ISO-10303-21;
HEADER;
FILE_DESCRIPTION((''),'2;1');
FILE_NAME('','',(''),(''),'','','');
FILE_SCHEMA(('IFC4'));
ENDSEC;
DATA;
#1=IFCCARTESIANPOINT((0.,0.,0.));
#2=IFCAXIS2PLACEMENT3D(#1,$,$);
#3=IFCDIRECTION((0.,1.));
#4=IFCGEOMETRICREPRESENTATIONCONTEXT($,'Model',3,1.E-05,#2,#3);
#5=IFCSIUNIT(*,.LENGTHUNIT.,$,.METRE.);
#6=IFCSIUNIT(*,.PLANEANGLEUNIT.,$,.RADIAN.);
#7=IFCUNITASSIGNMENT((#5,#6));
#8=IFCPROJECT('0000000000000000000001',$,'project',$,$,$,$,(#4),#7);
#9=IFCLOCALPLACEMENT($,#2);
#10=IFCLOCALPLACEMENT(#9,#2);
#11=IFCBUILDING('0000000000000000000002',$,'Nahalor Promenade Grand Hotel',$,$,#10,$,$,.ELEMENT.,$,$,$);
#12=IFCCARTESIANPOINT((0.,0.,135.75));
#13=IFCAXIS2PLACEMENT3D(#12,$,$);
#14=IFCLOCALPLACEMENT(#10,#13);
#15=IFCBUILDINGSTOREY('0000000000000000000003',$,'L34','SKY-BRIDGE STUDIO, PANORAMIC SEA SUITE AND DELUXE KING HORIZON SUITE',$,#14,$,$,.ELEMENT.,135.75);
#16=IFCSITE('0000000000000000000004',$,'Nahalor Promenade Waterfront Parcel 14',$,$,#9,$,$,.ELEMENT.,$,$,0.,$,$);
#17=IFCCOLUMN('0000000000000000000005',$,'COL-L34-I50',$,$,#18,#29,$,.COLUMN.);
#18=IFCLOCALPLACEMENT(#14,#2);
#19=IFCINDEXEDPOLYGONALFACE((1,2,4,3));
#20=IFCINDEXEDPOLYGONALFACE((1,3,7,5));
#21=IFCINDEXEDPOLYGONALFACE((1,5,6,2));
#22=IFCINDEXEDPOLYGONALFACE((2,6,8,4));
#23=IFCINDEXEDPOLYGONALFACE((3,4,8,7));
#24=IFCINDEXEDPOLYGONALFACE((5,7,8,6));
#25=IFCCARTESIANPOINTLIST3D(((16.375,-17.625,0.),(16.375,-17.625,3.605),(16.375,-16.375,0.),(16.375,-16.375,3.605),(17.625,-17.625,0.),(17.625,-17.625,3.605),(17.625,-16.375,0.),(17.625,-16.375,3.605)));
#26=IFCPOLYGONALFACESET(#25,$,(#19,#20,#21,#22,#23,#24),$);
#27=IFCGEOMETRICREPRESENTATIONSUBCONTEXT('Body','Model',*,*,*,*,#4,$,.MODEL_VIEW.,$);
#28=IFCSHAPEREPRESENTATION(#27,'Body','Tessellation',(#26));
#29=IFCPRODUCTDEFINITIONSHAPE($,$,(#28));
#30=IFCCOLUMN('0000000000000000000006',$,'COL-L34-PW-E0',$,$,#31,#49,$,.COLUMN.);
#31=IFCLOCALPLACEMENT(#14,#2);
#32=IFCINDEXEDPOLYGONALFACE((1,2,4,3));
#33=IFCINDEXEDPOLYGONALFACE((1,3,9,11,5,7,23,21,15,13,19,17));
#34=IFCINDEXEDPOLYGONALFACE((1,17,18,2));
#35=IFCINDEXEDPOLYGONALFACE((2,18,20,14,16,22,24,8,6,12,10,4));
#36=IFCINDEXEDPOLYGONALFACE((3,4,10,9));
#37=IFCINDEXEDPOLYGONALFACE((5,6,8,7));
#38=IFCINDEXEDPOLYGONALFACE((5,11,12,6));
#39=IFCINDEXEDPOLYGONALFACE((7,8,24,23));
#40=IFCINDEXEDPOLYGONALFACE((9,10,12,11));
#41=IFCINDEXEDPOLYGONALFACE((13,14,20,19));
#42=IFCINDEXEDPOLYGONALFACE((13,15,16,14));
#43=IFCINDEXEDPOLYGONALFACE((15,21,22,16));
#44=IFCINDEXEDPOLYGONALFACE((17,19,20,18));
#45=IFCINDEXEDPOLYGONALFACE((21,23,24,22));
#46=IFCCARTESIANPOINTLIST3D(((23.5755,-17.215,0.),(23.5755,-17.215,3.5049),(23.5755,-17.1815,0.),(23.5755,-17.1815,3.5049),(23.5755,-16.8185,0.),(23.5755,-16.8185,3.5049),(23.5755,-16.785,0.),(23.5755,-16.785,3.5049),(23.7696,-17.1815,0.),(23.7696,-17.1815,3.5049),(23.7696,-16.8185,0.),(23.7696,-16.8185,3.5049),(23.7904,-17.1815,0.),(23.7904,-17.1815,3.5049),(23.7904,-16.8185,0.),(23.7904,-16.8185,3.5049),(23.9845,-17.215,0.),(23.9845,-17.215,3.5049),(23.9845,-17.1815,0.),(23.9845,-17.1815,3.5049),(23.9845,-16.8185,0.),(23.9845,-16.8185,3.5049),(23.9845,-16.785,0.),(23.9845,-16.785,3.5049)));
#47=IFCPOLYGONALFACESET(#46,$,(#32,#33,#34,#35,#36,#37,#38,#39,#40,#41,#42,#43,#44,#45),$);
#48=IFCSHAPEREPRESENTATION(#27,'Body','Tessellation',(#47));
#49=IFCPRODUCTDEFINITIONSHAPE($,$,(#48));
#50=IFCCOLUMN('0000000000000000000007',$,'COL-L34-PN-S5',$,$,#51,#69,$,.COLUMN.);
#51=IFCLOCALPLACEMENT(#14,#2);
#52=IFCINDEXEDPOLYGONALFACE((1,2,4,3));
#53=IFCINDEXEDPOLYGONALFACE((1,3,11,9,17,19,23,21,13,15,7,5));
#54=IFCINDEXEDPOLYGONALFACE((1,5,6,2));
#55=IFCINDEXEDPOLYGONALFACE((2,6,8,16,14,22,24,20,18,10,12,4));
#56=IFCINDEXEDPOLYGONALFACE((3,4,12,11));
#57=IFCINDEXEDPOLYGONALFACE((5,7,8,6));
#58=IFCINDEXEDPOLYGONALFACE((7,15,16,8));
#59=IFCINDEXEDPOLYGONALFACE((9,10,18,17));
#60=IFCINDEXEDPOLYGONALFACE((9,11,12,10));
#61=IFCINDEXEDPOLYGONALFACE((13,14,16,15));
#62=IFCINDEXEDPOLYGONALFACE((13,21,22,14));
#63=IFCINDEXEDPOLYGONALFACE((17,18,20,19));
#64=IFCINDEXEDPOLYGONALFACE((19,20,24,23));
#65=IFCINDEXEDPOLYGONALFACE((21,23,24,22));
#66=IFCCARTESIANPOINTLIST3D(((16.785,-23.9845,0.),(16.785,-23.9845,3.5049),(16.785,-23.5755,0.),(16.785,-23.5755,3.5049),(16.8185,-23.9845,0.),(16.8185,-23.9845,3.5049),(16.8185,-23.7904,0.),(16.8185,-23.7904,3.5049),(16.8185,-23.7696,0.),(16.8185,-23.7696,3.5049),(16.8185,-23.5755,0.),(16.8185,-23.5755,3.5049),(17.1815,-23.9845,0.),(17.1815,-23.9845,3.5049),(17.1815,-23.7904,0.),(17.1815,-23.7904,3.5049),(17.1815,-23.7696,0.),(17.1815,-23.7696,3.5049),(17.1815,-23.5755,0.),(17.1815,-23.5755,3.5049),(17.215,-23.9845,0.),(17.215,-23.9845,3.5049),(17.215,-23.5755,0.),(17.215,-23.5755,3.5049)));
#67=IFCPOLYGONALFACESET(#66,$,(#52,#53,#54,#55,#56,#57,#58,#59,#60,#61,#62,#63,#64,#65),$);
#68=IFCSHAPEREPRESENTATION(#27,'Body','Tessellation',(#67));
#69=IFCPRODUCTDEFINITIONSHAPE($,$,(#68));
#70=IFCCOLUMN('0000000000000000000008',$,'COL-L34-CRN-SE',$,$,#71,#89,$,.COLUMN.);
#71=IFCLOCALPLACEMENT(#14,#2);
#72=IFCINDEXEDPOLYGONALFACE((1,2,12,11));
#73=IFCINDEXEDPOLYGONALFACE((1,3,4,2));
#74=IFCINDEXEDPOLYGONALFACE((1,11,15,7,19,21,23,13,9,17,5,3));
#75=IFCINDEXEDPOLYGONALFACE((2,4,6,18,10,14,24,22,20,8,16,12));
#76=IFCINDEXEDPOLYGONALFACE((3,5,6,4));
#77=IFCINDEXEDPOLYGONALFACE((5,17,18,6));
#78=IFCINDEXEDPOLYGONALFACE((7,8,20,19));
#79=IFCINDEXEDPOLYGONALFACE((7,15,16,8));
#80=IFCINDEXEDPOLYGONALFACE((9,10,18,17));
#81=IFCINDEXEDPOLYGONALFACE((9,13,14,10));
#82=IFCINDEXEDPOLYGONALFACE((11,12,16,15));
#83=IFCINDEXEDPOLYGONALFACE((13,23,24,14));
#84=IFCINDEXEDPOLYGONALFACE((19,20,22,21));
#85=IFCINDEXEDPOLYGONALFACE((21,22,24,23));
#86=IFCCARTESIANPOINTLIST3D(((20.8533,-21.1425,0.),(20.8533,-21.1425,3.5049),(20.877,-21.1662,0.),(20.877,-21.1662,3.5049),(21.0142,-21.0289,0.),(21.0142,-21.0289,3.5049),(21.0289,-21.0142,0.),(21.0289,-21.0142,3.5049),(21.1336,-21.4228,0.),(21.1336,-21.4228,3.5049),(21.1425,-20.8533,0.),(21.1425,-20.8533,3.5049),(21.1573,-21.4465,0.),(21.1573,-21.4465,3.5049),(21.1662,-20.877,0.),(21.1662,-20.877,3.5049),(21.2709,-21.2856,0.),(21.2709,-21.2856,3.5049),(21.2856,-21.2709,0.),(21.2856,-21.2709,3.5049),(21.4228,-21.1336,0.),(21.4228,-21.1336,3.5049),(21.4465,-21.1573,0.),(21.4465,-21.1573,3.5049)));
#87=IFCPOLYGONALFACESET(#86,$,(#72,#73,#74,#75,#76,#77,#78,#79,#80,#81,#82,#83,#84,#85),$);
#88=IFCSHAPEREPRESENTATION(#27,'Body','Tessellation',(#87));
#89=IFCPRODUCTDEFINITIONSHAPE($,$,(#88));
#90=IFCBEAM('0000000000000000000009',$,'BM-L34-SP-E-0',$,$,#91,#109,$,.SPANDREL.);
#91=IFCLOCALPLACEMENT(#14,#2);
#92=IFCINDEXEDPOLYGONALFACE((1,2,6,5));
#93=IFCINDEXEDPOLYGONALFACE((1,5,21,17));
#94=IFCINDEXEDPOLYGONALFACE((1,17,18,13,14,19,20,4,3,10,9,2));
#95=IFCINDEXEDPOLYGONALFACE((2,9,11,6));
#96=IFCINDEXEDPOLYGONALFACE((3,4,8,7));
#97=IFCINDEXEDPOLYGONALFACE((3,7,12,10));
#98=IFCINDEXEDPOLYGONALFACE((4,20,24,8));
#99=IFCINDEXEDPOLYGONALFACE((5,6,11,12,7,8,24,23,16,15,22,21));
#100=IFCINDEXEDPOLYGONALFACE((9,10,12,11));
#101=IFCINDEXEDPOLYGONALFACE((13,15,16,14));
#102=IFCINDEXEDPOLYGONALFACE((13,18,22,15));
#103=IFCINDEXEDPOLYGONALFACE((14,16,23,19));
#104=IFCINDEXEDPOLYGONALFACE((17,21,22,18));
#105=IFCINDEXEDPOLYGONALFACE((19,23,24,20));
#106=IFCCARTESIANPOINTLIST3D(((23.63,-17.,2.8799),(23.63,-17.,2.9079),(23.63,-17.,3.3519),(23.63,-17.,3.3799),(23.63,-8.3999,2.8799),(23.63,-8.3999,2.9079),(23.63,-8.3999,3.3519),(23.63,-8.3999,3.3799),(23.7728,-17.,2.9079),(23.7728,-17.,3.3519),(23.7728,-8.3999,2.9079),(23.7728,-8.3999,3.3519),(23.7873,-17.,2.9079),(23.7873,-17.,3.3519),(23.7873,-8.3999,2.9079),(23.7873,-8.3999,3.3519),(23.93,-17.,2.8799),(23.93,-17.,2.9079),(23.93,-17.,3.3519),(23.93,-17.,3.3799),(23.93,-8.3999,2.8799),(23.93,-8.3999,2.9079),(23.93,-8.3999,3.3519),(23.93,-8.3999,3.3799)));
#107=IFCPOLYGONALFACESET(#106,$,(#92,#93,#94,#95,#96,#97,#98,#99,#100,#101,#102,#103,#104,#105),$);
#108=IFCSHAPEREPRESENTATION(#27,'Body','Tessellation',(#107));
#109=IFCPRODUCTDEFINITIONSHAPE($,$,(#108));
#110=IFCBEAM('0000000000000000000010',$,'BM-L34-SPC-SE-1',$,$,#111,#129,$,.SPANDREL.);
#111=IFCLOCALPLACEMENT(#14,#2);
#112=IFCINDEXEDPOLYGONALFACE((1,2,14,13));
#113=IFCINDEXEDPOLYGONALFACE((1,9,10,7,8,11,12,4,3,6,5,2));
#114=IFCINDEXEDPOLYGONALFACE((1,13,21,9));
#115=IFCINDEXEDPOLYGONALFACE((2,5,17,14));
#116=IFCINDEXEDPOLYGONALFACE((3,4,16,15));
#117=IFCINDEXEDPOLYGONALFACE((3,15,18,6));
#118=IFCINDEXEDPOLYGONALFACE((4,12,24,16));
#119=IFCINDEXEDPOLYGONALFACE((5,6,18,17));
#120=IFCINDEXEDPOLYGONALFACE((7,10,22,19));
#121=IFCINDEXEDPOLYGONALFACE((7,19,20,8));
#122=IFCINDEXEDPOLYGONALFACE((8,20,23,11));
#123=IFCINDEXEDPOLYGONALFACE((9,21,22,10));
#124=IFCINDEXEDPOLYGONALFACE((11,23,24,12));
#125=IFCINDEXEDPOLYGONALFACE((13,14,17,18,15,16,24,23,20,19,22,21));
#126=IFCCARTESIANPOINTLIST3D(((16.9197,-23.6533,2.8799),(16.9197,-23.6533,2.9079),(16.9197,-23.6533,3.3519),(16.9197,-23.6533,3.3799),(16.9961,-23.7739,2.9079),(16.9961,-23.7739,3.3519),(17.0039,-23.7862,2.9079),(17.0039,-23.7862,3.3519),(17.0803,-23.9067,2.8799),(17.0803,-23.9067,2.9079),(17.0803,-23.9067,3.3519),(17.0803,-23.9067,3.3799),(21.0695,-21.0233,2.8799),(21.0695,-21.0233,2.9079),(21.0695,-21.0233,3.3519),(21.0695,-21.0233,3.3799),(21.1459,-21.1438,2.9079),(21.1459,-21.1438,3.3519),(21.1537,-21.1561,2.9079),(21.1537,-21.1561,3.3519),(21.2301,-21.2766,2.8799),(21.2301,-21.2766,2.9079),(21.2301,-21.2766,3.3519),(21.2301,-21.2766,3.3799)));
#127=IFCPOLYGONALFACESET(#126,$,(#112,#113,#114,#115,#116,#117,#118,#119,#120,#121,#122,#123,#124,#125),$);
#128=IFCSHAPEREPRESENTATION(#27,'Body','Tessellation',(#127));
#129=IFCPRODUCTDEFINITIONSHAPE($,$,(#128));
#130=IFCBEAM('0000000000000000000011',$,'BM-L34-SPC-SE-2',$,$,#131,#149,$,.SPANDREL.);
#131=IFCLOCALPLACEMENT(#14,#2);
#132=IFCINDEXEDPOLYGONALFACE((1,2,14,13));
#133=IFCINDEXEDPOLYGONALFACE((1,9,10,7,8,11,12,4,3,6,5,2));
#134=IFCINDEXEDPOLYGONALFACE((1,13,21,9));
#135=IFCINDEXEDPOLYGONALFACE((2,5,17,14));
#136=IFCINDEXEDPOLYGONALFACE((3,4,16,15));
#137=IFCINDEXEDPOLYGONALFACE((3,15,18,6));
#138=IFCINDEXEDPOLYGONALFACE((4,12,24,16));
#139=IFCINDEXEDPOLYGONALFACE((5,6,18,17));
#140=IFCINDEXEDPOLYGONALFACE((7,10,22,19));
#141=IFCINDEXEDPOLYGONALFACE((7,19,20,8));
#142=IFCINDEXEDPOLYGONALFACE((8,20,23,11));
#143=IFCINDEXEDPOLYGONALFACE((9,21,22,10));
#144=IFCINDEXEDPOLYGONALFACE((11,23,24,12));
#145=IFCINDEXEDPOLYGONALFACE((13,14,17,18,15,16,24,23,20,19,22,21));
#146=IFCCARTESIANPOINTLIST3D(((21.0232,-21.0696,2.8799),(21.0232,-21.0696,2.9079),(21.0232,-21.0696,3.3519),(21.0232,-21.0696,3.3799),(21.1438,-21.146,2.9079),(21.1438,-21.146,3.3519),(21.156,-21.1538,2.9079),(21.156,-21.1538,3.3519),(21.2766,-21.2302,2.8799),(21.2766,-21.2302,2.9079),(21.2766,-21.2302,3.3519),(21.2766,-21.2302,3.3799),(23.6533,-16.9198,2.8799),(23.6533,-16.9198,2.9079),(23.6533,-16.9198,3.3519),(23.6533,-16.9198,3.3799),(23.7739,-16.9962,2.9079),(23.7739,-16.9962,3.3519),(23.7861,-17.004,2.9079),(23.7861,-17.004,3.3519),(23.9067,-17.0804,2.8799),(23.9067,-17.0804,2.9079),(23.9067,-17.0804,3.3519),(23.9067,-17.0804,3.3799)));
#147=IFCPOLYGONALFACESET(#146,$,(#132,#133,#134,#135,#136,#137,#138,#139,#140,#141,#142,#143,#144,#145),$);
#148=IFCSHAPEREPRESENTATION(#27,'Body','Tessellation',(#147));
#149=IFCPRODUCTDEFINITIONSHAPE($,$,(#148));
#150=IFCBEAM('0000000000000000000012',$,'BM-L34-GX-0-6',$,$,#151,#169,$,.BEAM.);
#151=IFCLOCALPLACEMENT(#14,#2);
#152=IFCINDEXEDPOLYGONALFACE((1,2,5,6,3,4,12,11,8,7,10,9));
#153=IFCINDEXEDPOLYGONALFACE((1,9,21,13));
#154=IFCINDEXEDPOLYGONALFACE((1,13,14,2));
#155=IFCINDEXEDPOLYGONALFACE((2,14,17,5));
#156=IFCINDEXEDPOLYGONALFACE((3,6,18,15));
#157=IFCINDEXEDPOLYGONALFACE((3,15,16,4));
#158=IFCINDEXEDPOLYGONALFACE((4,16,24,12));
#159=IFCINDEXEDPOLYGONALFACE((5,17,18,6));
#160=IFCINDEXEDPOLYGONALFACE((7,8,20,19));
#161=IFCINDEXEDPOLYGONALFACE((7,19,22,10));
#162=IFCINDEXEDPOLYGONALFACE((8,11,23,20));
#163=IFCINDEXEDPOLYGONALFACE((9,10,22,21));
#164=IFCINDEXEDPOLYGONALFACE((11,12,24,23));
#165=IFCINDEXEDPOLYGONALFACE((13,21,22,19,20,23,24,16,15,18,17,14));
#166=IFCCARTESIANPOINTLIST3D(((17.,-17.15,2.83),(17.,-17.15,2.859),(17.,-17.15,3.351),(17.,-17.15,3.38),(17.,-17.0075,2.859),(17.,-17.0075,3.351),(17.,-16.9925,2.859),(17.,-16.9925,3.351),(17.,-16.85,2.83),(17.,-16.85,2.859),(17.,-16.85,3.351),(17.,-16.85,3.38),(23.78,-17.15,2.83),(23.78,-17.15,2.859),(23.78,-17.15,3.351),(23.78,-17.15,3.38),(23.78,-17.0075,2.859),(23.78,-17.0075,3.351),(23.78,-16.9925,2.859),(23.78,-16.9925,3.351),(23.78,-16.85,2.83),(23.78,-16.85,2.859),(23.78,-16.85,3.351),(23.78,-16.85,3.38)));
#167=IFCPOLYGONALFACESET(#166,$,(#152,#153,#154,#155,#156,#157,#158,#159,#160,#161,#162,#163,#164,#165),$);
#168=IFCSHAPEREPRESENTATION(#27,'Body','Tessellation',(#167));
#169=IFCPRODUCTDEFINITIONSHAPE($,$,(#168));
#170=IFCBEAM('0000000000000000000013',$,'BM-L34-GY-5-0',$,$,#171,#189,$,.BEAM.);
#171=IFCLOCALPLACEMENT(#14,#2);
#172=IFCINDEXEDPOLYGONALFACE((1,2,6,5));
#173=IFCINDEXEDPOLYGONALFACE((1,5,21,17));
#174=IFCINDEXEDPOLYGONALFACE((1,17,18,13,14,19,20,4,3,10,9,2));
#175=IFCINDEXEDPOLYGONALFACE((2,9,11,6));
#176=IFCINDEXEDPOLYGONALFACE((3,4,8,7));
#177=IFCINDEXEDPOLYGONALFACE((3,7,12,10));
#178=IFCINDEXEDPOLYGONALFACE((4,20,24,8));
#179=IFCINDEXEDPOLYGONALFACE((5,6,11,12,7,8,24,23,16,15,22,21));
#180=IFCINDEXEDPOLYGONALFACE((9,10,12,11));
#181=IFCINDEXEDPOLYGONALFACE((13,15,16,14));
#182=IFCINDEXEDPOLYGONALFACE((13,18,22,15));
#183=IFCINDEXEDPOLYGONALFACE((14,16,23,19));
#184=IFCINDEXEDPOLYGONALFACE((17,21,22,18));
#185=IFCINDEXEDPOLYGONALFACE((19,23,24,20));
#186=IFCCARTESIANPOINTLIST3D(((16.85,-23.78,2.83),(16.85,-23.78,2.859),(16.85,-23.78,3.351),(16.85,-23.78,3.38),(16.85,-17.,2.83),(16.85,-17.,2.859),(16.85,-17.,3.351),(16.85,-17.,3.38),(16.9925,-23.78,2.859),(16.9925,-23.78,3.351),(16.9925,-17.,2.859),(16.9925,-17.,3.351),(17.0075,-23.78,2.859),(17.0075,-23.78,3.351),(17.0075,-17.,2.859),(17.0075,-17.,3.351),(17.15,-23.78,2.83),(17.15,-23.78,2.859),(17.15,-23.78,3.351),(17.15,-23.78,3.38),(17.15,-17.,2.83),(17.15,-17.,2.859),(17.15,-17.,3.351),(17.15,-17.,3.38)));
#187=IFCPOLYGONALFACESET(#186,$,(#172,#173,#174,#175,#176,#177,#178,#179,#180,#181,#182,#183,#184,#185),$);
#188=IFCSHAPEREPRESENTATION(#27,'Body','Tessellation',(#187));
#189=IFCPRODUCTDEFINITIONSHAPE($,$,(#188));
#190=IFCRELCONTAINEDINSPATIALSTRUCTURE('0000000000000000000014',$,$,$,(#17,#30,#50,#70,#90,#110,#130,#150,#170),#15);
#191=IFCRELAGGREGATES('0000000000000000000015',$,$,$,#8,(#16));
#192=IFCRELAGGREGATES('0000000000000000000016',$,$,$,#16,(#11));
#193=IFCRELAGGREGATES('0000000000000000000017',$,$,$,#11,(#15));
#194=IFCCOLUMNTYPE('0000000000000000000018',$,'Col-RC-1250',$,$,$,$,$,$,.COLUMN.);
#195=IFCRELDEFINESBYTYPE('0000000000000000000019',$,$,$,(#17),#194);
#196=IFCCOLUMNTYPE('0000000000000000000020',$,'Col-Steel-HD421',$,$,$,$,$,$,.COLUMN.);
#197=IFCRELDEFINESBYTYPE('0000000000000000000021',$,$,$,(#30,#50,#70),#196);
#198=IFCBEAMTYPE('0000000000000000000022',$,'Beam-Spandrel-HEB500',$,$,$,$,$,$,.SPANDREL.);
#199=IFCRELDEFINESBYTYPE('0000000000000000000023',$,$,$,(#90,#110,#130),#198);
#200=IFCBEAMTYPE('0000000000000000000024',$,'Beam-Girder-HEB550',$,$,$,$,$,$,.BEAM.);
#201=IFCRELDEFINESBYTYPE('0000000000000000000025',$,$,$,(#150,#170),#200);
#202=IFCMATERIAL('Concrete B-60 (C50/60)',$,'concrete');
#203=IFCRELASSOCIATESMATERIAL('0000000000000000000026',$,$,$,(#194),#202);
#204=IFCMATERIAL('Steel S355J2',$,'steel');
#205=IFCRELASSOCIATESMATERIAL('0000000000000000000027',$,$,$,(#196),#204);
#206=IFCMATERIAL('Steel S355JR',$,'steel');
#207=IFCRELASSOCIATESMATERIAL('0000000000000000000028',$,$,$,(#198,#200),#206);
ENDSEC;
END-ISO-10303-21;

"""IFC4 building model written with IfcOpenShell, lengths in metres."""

from ifc_helpers import new_model, si_unit, direction, frame, origin, origin_2d, place, context, subcontext, project, spatial, rectangle, i_section, extrude, source, transform, mapped, material, material_profile, profile_set, type_object, element, save


model = new_model("IFC4")

# Units and contexts
model_context = context("Model", 3, precision=1e-05, world=origin(), true_north=direction((0.0, 1.0)))
body_context = subcontext(model_context, "Body", "Model", "MODEL_VIEW")
ifc_project = project(units=[si_unit("LENGTHUNIT", "METRE"), si_unit("PLANEANGLEUNIT", "RADIAN")], contexts=[model_context])

# Site, building, storey
site_placement = place(None, origin())
site = spatial("IfcSite", under=ifc_project, at=site_placement, Name="Nahalor Promenade Waterfront Parcel 14", CompositionType="ELEMENT", RefElevation=0.0)
building_placement = place(site_placement, origin())
building = spatial("IfcBuilding", under=site, at=building_placement, Name="Nahalor Promenade Grand Hotel", CompositionType="ELEMENT")
storey_placement = place(building_placement, frame((0.0, 0.0, 135.75)))
storey = spatial("IfcBuildingStorey", under=building, at=storey_placement, Name="L34", Description="SKY-BRIDGE STUDIO, PANORAMIC SEA SUITE AND DELUXE KING HORIZON SUITE", CompositionType="ELEMENT", Elevation=135.75)

# Columns
ifc_material_1 = material(Name="Concrete B-60 (C50/60)", Category="concrete")
ifc_material_profile_1 = material_profile(ifc_material_1, rectangle(XDim=1.25, YDim=1.25, at=origin_2d()), Name="RC 1250x1250")
ifc_profile_set_1 = profile_set([ifc_material_profile_1], Name="Concrete B-60 (C50/60)")
column_type_1 = type_object("IfcColumnType", Name="Col-RC-1250", PredefinedType="COLUMN", material=ifc_profile_set_1)
shared_shape_1 = source(origin(), body_context, "Body", "SweptSolid", [
    extrude(rectangle(XDim=1.25, YDim=1.25, at=origin_2d()), origin(), (0.0, 0.0, 1.0), 3.605),
])
column_placement = place(storey_placement, frame((17.0, -17.0, 0.0), z_axis=(0.0, 0.0, 1.0), x_axis=(1.0, 0.0, 0.0)))
element("IfcColumn", 1, at=column_placement, inside=storey, type_object=column_type_1, Name="COL-L34-I50", PredefinedType="COLUMN", context=body_context, shape_type="MappedRepresentation", body=[
    mapped(shared_shape_1, transform((0.0, 0.0, 0.0), scale=1.0)),
])
ifc_material_2 = material(Name="Steel S355J2", Category="steel")
ifc_material_profile_2 = material_profile(ifc_material_2, i_section(OverallWidth=0.409, OverallDepth=0.43, WebThickness=0.0208, FlangeThickness=0.0335, at=origin_2d()), Name="HD 400x421")
ifc_profile_set_2 = profile_set([ifc_material_profile_2], Name="Steel S355J2")
column_type_2 = type_object("IfcColumnType", Name="Col-Steel-HD421", PredefinedType="COLUMN", material=ifc_profile_set_2)
shared_shape_2 = source(origin(), body_context, "Body", "SweptSolid", [
    extrude(i_section(OverallWidth=0.409, OverallDepth=0.43, WebThickness=0.0208, FlangeThickness=0.0335, at=origin_2d()), origin(), (0.0, 0.0, 1.0), 3.5049),
])
for number, where, z_axis, x_axis, name in (
    (2, (23.78, -17.0, 0.0), (0.0, 0.0, 1.0), (1.0, 0.0, 0.0), "COL-L34-PW-E0"),
    (3, (17.0, -23.78, 0.0), (0.0, 0.0, 1.0), (0.0, 1.0, 0.0), "COL-L34-PN-S5"),
    (4, (21.1499, -21.1499, 0.0), (0.0, 0.0, 1.0), (0.707107, 0.707107, 0.0), "COL-L34-CRN-SE"),
):
    element("IfcColumn", number, at=place(storey_placement, frame(where, z_axis=z_axis, x_axis=x_axis)), inside=storey, type_object=column_type_2, Name=name, PredefinedType="COLUMN", context=body_context, shape_type="MappedRepresentation", body=[
        mapped(shared_shape_2, transform((0.0, 0.0, 0.0), scale=1.0)),
    ])

# Beams
ifc_material_3 = material(Name="Steel S355JR", Category="steel")
ifc_material_profile_3 = material_profile(ifc_material_3, i_section(OverallWidth=0.3, OverallDepth=0.5, WebThickness=0.0145, FlangeThickness=0.028, at=origin_2d()), Name="HEB 500")
ifc_profile_set_3 = profile_set([ifc_material_profile_3], Name="Steel S355JR")
beam_type_1 = type_object("IfcBeamType", Name="Beam-Spandrel-HEB500", PredefinedType="SPANDREL", material=ifc_profile_set_3)
shared_shape_3 = source(origin(), body_context, "Body", "SweptSolid", [
    extrude(i_section(OverallWidth=0.3, OverallDepth=0.5, WebThickness=0.0145, FlangeThickness=0.028, at=origin_2d()), origin(), (0.0, 0.0, 1.0), 8.6001),
])
beam_1_placement = place(storey_placement, frame((23.78, -17.0, 3.1299), z_axis=(0.0, 1.0, 0.0), x_axis=(-1.0, 0.0, 0.0)))
element("IfcBeam", 5, at=beam_1_placement, inside=storey, type_object=beam_type_1, Name="BM-L34-SP-E-0", PredefinedType="SPANDREL", context=body_context, shape_type="MappedRepresentation", body=[
    mapped(shared_shape_3, transform((0.0, 0.0, 0.0), scale=1.0)),
])
shared_shape_4 = source(origin(), body_context, "Body", "SweptSolid", [
    extrude(i_section(OverallWidth=0.3, OverallDepth=0.5, WebThickness=0.0145, FlangeThickness=0.028, at=origin_2d()), origin(), (0.0, 0.0, 1.0), 4.9131),
])
for number, where, z_axis, x_axis, name in (
    (6, (17.0, -23.78, 3.1299), (0.844648, 0.535322, 0.0), (-0.535322, 0.844648, 0.0), "BM-L34-SPC-SE-1"),
    (7, (21.1499, -21.1499, 3.1299), (0.535322, 0.844648, 0.0), (-0.844648, 0.535322, 0.0), "BM-L34-SPC-SE-2"),
):
    element("IfcBeam", number, at=place(storey_placement, frame(where, z_axis=z_axis, x_axis=x_axis)), inside=storey, type_object=beam_type_1, Name=name, PredefinedType="SPANDREL", context=body_context, shape_type="MappedRepresentation", body=[
        mapped(shared_shape_4, transform((0.0, 0.0, 0.0), scale=1.0)),
    ])
ifc_material_profile_4 = material_profile(ifc_material_3, i_section(OverallWidth=0.3, OverallDepth=0.55, WebThickness=0.015, FlangeThickness=0.029, at=origin_2d()), Name="HEB 550")
ifc_profile_set_4 = profile_set([ifc_material_profile_4], Name="Steel S355JR")
beam_type_2 = type_object("IfcBeamType", Name="Beam-Girder-HEB550", PredefinedType="BEAM", material=ifc_profile_set_4)
shared_shape_5 = source(origin(), body_context, "Body", "SweptSolid", [
    extrude(i_section(OverallWidth=0.3, OverallDepth=0.55, WebThickness=0.015, FlangeThickness=0.029, at=origin_2d()), origin(), (0.0, 0.0, 1.0), 6.78),
])
for number, where, z_axis, x_axis, name in (
    (8, (17.0, -17.0, 3.105), (1.0, 0.0, 0.0), (0.0, 1.0, 0.0), "BM-L34-GX-0-6"),
    (9, (17.0, -23.78, 3.105), (0.0, 1.0, 0.0), (-1.0, 0.0, 0.0), "BM-L34-GY-5-0"),
):
    element("IfcBeam", number, at=place(storey_placement, frame(where, z_axis=z_axis, x_axis=x_axis)), inside=storey, type_object=beam_type_2, Name=name, PredefinedType="BEAM", context=body_context, shape_type="MappedRepresentation", body=[
        mapped(shared_shape_5, transform((0.0, 0.0, 0.0), scale=1.0)),
    ])

save(model, "model.ifc")
